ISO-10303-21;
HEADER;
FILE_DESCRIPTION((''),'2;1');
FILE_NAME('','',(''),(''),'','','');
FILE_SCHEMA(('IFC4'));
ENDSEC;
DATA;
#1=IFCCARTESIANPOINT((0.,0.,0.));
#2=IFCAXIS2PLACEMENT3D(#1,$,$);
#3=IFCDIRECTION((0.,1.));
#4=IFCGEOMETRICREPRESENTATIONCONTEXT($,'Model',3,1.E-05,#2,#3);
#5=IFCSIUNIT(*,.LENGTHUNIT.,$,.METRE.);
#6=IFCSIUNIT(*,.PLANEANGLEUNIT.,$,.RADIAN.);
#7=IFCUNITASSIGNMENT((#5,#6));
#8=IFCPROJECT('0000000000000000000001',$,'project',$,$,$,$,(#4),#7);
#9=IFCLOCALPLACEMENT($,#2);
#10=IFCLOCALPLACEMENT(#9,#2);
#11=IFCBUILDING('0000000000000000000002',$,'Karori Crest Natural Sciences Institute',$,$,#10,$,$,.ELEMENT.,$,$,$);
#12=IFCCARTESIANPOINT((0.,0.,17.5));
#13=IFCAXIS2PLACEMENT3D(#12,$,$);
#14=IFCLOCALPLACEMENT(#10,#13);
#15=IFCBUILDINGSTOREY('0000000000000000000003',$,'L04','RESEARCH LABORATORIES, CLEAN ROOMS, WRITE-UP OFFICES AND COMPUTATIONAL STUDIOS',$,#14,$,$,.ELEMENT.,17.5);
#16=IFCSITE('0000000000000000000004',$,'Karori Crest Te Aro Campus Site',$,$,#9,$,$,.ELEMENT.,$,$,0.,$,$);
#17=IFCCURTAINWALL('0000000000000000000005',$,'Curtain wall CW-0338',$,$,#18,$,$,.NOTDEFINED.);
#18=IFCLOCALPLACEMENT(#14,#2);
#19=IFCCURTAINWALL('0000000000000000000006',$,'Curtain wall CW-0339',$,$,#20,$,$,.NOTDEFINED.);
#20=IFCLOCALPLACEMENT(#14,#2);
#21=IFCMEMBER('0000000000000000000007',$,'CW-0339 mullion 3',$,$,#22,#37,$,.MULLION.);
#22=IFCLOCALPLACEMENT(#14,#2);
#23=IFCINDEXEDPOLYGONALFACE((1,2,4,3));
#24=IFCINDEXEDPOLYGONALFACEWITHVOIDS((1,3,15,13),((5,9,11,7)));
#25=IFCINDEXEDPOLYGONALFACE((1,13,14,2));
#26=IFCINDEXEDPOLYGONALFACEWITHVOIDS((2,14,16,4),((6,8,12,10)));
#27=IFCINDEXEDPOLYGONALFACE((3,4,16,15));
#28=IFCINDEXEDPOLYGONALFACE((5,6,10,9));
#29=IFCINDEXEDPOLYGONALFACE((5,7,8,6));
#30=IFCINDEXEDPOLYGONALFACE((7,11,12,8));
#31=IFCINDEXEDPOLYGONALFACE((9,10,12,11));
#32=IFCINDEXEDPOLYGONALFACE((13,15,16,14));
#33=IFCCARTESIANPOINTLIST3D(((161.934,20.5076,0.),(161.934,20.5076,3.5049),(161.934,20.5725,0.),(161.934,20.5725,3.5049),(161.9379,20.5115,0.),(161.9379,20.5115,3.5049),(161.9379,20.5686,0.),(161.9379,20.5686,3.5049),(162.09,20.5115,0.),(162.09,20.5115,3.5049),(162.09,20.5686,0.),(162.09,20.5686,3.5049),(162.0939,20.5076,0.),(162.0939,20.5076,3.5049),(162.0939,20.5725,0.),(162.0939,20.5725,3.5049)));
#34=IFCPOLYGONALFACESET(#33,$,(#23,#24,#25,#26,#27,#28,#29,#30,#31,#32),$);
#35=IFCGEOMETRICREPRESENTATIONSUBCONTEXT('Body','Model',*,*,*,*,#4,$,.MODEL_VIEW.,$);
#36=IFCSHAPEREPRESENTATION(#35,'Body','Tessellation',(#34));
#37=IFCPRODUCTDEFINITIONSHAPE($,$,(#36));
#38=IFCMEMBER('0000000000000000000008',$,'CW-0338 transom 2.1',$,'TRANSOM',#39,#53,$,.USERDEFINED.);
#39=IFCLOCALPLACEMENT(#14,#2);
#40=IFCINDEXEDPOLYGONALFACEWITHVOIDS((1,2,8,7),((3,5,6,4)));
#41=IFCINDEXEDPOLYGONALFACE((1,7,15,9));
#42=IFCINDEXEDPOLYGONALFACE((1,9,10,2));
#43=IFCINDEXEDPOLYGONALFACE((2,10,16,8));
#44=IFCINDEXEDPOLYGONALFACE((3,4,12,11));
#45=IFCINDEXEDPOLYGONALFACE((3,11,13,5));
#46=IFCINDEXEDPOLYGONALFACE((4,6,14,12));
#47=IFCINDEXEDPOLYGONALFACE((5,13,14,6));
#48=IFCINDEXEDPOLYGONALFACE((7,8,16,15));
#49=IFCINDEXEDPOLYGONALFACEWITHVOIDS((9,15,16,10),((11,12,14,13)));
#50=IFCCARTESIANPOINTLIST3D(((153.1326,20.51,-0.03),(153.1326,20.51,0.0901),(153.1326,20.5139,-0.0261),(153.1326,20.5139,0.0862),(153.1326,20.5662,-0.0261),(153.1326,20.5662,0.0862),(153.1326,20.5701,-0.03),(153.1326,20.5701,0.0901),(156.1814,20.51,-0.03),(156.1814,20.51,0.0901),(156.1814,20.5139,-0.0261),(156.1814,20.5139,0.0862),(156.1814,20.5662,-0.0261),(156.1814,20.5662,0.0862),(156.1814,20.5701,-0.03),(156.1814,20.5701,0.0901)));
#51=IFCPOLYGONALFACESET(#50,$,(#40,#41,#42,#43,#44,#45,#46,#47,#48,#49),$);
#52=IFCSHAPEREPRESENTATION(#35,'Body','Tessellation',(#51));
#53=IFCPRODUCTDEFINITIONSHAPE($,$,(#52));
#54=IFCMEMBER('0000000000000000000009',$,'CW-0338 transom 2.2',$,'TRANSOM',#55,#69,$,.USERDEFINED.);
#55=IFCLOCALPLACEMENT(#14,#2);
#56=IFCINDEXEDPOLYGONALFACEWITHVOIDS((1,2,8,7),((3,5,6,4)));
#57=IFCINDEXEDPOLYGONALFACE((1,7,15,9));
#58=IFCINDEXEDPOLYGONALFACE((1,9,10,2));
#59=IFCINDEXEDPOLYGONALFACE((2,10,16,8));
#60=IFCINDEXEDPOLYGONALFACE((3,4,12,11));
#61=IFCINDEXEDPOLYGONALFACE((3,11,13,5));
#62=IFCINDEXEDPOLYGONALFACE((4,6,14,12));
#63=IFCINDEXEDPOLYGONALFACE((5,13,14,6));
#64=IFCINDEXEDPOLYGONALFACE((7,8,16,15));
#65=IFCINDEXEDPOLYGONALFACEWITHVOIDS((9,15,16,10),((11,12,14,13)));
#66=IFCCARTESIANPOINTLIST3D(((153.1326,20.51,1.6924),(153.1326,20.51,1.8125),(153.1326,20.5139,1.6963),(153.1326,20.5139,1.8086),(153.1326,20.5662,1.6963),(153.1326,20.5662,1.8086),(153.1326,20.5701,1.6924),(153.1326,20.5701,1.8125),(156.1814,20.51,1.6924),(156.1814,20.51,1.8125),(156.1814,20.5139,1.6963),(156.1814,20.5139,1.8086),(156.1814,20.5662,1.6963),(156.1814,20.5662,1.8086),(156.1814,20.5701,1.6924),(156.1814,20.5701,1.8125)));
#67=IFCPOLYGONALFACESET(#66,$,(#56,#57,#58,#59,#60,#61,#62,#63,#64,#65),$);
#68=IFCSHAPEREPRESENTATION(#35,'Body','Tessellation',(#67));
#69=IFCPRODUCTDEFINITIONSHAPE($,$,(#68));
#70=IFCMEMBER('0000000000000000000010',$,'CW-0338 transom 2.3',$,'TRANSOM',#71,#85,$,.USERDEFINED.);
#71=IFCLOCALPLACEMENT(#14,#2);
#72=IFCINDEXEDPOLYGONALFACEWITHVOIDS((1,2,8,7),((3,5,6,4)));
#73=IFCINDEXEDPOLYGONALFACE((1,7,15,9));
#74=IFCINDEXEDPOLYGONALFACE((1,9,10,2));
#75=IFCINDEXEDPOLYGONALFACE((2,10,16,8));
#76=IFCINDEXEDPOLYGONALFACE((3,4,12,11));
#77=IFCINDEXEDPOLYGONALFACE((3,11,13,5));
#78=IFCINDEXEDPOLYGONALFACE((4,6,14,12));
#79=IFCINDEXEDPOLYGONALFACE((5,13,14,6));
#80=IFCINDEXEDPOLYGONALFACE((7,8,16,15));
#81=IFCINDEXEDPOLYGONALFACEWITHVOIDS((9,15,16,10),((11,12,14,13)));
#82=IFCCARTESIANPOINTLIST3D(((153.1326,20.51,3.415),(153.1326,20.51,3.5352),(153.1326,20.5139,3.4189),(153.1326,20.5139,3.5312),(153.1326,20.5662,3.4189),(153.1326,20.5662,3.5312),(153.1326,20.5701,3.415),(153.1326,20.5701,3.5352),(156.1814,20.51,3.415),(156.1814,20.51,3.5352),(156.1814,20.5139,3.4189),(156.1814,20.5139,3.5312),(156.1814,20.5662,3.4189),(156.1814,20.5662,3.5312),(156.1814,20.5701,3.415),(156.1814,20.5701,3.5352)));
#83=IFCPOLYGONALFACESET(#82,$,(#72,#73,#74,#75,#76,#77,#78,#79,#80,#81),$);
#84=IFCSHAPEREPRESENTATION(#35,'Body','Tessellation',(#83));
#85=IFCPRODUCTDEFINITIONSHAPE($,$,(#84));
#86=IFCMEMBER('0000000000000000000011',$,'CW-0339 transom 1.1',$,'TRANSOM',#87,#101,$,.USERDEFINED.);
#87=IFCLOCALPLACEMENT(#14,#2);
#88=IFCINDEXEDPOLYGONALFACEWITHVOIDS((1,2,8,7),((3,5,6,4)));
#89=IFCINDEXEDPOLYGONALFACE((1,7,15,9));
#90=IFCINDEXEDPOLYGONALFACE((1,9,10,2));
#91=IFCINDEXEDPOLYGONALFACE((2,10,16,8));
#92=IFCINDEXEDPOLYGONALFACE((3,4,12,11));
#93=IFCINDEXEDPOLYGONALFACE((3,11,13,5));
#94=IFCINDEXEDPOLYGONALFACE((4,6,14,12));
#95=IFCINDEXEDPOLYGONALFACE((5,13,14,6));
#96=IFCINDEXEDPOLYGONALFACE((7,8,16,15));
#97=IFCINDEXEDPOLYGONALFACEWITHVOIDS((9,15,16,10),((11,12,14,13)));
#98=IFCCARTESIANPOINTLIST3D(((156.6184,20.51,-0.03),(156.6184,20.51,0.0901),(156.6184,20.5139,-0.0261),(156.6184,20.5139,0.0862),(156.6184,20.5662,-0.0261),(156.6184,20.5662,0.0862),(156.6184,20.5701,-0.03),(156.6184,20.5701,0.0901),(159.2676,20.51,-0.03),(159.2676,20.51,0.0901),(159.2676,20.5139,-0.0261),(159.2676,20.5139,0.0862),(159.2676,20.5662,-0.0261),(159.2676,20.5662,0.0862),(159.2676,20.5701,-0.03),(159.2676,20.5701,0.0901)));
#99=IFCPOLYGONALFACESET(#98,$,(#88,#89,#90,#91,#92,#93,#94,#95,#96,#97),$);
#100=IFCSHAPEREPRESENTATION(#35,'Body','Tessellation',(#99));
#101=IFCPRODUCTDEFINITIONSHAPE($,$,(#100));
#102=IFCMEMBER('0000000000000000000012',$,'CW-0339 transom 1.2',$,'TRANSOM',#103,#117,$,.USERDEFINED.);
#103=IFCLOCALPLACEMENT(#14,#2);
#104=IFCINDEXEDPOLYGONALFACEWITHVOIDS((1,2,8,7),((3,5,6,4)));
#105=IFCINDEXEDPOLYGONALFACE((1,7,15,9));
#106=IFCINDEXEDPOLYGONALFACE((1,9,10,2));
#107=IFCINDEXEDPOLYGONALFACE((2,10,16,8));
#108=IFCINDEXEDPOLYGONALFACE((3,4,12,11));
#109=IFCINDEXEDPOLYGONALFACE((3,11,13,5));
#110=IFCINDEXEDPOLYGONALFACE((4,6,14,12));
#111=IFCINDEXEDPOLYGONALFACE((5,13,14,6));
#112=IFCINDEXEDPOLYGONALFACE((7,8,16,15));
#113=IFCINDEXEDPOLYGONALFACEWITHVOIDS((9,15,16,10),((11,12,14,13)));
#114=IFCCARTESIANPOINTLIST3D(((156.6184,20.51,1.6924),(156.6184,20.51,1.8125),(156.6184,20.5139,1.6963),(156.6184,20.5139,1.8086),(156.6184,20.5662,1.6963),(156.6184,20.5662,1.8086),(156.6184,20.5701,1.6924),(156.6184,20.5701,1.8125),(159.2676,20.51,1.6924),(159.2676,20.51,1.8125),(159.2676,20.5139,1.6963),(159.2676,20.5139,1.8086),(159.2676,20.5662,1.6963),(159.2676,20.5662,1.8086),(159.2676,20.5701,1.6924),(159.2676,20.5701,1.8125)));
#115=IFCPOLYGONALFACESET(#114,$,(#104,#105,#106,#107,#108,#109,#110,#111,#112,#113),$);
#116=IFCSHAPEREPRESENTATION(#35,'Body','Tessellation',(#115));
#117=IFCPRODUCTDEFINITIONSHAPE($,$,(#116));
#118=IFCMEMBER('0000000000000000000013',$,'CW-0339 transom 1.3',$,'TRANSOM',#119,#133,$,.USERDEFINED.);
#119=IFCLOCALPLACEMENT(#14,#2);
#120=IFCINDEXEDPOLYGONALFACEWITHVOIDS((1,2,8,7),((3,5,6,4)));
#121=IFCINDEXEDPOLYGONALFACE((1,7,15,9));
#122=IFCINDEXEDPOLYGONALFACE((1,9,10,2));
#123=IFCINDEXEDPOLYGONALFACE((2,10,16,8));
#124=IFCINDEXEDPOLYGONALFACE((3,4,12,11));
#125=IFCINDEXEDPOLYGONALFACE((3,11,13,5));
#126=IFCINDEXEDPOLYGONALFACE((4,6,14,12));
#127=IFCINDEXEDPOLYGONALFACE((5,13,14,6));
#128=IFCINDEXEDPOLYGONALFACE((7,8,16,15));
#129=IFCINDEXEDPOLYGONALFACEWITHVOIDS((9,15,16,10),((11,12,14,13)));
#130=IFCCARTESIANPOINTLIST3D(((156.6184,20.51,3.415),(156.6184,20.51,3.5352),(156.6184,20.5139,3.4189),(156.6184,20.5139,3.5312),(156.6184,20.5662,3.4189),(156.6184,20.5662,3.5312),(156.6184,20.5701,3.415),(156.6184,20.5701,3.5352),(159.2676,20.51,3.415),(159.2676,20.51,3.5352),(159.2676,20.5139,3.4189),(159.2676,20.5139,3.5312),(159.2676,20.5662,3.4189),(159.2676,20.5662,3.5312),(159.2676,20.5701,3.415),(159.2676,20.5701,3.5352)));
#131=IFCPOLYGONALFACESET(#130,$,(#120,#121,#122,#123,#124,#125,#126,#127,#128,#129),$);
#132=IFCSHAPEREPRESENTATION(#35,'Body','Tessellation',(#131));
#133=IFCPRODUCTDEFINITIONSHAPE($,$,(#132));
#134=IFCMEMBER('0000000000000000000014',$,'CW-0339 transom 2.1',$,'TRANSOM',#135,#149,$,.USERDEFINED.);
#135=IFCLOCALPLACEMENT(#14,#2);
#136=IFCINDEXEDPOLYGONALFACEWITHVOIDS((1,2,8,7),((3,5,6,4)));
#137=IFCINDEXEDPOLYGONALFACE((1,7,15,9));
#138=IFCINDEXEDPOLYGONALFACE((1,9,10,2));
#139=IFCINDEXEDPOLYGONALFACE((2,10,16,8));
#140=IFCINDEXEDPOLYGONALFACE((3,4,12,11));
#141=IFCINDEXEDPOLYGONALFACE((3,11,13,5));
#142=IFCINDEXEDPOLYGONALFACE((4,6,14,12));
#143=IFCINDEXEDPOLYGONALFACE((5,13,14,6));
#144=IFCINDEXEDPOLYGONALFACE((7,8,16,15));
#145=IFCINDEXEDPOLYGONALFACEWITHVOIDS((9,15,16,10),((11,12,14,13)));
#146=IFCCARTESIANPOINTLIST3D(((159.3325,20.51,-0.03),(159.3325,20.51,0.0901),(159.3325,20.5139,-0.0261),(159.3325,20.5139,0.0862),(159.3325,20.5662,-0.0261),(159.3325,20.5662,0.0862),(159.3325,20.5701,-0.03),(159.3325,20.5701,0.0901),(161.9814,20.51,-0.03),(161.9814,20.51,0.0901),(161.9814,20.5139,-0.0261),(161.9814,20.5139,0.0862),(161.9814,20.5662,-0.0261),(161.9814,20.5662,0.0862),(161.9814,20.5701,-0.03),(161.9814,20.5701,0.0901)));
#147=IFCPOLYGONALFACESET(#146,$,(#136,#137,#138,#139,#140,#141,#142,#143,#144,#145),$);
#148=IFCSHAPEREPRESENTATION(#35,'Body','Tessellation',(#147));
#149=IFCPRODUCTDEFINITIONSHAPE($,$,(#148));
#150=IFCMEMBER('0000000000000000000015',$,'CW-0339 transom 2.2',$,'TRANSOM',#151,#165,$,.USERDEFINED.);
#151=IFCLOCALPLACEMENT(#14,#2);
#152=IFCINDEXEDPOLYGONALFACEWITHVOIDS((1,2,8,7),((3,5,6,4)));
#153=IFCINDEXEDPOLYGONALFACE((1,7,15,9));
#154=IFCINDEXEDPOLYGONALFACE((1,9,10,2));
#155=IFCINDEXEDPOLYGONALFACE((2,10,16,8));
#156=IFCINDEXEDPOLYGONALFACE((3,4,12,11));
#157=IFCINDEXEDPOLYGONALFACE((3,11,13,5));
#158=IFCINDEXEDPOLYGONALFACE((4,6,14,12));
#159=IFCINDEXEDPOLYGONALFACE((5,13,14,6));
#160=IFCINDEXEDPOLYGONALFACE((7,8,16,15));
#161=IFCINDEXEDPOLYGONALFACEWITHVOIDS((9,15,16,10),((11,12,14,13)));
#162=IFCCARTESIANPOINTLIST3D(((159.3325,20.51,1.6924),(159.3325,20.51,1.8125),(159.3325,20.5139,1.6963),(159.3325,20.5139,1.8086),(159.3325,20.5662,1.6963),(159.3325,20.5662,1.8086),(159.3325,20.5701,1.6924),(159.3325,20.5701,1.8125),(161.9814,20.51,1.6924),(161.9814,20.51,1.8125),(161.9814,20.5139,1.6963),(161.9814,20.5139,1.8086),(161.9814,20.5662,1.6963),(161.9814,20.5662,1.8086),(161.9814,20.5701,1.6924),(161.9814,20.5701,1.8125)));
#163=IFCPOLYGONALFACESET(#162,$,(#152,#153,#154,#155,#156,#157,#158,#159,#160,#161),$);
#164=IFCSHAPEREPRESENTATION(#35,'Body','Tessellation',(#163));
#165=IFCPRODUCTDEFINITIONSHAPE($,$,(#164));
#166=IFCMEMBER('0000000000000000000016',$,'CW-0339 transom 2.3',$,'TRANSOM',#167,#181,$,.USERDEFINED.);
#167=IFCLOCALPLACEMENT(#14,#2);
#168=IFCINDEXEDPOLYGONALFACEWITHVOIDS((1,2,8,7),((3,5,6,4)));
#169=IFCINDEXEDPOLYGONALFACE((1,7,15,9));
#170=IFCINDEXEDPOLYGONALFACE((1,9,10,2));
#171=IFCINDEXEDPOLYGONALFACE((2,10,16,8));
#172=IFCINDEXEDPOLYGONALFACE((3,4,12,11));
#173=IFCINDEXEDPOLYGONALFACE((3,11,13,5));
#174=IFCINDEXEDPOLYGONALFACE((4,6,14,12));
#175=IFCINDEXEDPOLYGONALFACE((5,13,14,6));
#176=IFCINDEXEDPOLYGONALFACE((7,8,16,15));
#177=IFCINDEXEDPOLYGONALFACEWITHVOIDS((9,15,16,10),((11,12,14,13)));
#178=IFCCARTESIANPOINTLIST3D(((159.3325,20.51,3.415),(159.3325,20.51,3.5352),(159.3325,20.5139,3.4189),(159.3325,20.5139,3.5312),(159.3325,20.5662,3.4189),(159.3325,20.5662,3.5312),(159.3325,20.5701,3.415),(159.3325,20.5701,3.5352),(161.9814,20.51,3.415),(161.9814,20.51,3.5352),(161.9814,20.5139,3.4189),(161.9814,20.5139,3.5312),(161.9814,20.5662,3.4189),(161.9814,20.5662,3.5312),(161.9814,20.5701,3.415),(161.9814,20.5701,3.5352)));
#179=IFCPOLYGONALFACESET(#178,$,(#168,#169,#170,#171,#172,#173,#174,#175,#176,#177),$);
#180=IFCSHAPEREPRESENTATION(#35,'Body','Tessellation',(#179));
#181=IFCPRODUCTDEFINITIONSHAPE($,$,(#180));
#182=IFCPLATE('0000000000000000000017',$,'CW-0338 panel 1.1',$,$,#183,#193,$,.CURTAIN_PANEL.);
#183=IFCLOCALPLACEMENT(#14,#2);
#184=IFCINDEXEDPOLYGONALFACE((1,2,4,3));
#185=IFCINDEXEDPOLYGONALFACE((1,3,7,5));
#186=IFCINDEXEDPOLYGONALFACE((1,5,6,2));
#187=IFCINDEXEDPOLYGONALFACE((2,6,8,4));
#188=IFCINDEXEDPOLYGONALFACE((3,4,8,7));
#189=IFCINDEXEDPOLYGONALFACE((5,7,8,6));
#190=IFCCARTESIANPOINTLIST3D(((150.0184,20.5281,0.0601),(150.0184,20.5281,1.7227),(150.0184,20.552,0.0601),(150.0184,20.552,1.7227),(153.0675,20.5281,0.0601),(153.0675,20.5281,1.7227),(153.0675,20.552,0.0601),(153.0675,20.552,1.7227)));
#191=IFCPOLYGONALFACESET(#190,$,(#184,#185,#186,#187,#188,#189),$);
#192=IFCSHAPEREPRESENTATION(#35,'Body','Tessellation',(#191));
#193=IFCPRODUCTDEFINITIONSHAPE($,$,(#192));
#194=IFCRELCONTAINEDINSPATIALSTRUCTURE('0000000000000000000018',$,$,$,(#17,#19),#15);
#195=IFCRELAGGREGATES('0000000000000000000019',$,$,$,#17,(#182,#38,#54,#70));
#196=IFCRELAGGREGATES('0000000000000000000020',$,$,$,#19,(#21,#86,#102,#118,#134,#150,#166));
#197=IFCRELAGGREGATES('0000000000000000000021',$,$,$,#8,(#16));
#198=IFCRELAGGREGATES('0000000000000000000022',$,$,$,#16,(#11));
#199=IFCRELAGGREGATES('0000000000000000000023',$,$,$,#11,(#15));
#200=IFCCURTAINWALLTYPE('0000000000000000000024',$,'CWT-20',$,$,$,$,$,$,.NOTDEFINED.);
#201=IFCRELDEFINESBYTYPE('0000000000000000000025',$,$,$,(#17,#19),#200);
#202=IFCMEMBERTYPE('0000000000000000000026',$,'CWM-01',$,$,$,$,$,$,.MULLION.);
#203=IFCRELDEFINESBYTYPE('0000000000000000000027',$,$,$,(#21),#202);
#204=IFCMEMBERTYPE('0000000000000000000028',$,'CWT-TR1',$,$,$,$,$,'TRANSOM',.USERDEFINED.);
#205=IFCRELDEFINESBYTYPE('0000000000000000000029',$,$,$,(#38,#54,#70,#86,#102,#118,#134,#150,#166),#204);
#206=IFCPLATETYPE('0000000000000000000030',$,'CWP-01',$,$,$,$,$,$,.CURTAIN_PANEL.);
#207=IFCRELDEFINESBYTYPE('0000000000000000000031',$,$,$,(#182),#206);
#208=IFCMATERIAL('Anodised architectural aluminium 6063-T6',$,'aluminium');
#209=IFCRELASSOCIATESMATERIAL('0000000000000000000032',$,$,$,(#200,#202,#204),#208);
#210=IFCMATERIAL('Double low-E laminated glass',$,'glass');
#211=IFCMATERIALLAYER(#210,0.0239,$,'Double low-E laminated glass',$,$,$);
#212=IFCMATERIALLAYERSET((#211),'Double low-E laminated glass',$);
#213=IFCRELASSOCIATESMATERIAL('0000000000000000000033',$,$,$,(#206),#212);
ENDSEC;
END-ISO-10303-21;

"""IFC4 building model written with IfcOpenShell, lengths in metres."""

from ifc_helpers import new_model, si_unit, direction, frame, origin, origin_2d, place, context, subcontext, project, spatial, rectangle, hollow_rectangle, extrude, material, layer, layer_set, material_profile, profile_set, type_object, element, aggregate, save


model = new_model("IFC4")

# Units and contexts
model_context = context("Model", 3, precision=1e-05, world=origin(), true_north=direction((0.0, 1.0)))
body_context = subcontext(model_context, "Body", "Model", "MODEL_VIEW")
ifc_project = project(units=[si_unit("LENGTHUNIT", "METRE"), si_unit("PLANEANGLEUNIT", "RADIAN")], contexts=[model_context])

# Site, building, storey
site_placement = place(None, origin())
site = spatial("IfcSite", under=ifc_project, at=site_placement, Name="Karori Crest Te Aro Campus Site", CompositionType="ELEMENT", RefElevation=0.0)
building_placement = place(site_placement, origin())
building = spatial("IfcBuilding", under=site, at=building_placement, Name="Karori Crest Natural Sciences Institute", CompositionType="ELEMENT")
storey_placement = place(building_placement, frame((0.0, 0.0, 17.5)))
storey = spatial("IfcBuildingStorey", under=building, at=storey_placement, Name="L04", Description="RESEARCH LABORATORIES, CLEAN ROOMS, WRITE-UP OFFICES AND COMPUTATIONAL STUDIOS", CompositionType="ELEMENT", Elevation=17.5)

# Curtain walls, member
ifc_material_1 = material(Name="Anodised architectural aluminium 6063-T6", Category="aluminium")
curtain_wall_type = type_object("IfcCurtainWallType", Name="CWT-20", PredefinedType="NOTDEFINED", material=ifc_material_1)
curtain_wall_1_placement = place(storey_placement, origin())
curtain_wall_1 = element("IfcCurtainWall", 1, at=curtain_wall_1_placement, inside=storey, type_object=curtain_wall_type, Name="Curtain wall CW-0338", PredefinedType="NOTDEFINED")
ifc_material_profile_1 = material_profile(ifc_material_1, hollow_rectangle(XDim=0.0649, YDim=0.1599, WallThickness=0.0039, at=origin_2d()), Name="CWM160x65x4")
ifc_profile_set_1 = profile_set([ifc_material_profile_1], Name="Anodised architectural aluminium 6063-T6")
member_type_1 = type_object("IfcMemberType", Name="CWM-01", PredefinedType="MULLION", material=ifc_profile_set_1)
curtain_wall_2_placement = place(storey_placement, origin())
curtain_wall_2 = element("IfcCurtainWall", 2, at=curtain_wall_2_placement, inside=storey, type_object=curtain_wall_type, Name="Curtain wall CW-0339", PredefinedType="NOTDEFINED")
member_1_placement = place(storey_placement, frame((162.0139, 20.54, 0.0), z_axis=(0.0, 0.0, 1.0), x_axis=(0.0, 1.0, 0.0)))
member_1 = element("IfcMember", 3, at=member_1_placement, type_object=member_type_1, Name="CW-0339 mullion 3", PredefinedType="MULLION", context=body_context, shape_type="SweptSolid", body=[
    extrude(hollow_rectangle(XDim=0.0649, YDim=0.1599, WallThickness=0.0039, at=origin_2d()), origin(), (0.0, 0.0, 1.0), 3.5049),
])

# Members
ifc_material_profile_2 = material_profile(ifc_material_1, hollow_rectangle(XDim=0.0601, YDim=0.1201, WallThickness=0.0039, at=origin_2d()), Name="CWT120x60x4")
ifc_profile_set_2 = profile_set([ifc_material_profile_2], Name="Anodised architectural aluminium 6063-T6")
member_type_2 = type_object("IfcMemberType", Name="CWT-TR1", ElementType="TRANSOM", PredefinedType="USERDEFINED", material=ifc_profile_set_2)
member_2_placement = place(storey_placement, frame((153.1326, 20.54, 0.03), z_axis=(1.0, 0.0, 0.0), x_axis=(0.0, 1.0, 0.0)))
member_2 = element("IfcMember", 4, at=member_2_placement, type_object=member_type_2, Name="CW-0338 transom 2.1", ObjectType="TRANSOM", PredefinedType="USERDEFINED", context=body_context, shape_type="SweptSolid", body=[
    extrude(hollow_rectangle(XDim=0.0601, YDim=0.1201, WallThickness=0.0039, at=origin_2d()), origin(), (0.0, 0.0, 1.0), 3.0488),
])
member_3_placement = place(storey_placement, frame((153.1326, 20.54, 1.7524), z_axis=(1.0, 0.0, 0.0), x_axis=(0.0, 1.0, 0.0)))
member_3 = element("IfcMember", 5, at=member_3_placement, type_object=member_type_2, Name="CW-0338 transom 2.2", ObjectType="TRANSOM", PredefinedType="USERDEFINED", context=body_context, shape_type="SweptSolid", body=[
    extrude(hollow_rectangle(XDim=0.0601, YDim=0.1201, WallThickness=0.0039, at=origin_2d()), origin(), (0.0, 0.0, 1.0), 3.0488),
])
member_4_placement = place(storey_placement, frame((153.1326, 20.54, 3.4751), z_axis=(1.0, 0.0, 0.0), x_axis=(0.0, 1.0, 0.0)))
member_4 = element("IfcMember", 6, at=member_4_placement, type_object=member_type_2, Name="CW-0338 transom 2.3", ObjectType="TRANSOM", PredefinedType="USERDEFINED", context=body_context, shape_type="SweptSolid", body=[
    extrude(hollow_rectangle(XDim=0.0601, YDim=0.1201, WallThickness=0.0039, at=origin_2d()), origin(), (0.0, 0.0, 1.0), 3.0488),
])
member_5_placement = place(storey_placement, frame((156.6184, 20.54, 0.03), z_axis=(1.0, 0.0, 0.0), x_axis=(0.0, 1.0, 0.0)))
member_5 = element("IfcMember", 7, at=member_5_placement, type_object=member_type_2, Name="CW-0339 transom 1.1", ObjectType="TRANSOM", PredefinedType="USERDEFINED", context=body_context, shape_type="SweptSolid", body=[
    extrude(hollow_rectangle(XDim=0.0601, YDim=0.1201, WallThickness=0.0039, at=origin_2d()), origin(), (0.0, 0.0, 1.0), 2.6492),
])
member_6_placement = place(storey_placement, frame((156.6184, 20.54, 1.7524), z_axis=(1.0, 0.0, 0.0), x_axis=(0.0, 1.0, 0.0)))
member_6 = element("IfcMember", 8, at=member_6_placement, type_object=member_type_2, Name="CW-0339 transom 1.2", ObjectType="TRANSOM", PredefinedType="USERDEFINED", context=body_context, shape_type="SweptSolid", body=[
    extrude(hollow_rectangle(XDim=0.0601, YDim=0.1201, WallThickness=0.0039, at=origin_2d()), origin(), (0.0, 0.0, 1.0), 2.6492),
])
member_7_placement = place(storey_placement, frame((156.6184, 20.54, 3.4751), z_axis=(1.0, 0.0, 0.0), x_axis=(0.0, 1.0, 0.0)))
member_7 = element("IfcMember", 9, at=member_7_placement, type_object=member_type_2, Name="CW-0339 transom 1.3", ObjectType="TRANSOM", PredefinedType="USERDEFINED", context=body_context, shape_type="SweptSolid", body=[
    extrude(hollow_rectangle(XDim=0.0601, YDim=0.1201, WallThickness=0.0039, at=origin_2d()), origin(), (0.0, 0.0, 1.0), 2.6492),
])
member_8_placement = place(storey_placement, frame((159.3325, 20.54, 0.03), z_axis=(1.0, 0.0, 0.0), x_axis=(0.0, 1.0, 0.0)))
member_8 = element("IfcMember", 10, at=member_8_placement, type_object=member_type_2, Name="CW-0339 transom 2.1", ObjectType="TRANSOM", PredefinedType="USERDEFINED", context=body_context, shape_type="SweptSolid", body=[
    extrude(hollow_rectangle(XDim=0.0601, YDim=0.1201, WallThickness=0.0039, at=origin_2d()), origin(), (0.0, 0.0, 1.0), 2.6489),
])
member_9_placement = place(storey_placement, frame((159.3325, 20.54, 1.7524), z_axis=(1.0, 0.0, 0.0), x_axis=(0.0, 1.0, 0.0)))
member_9 = element("IfcMember", 11, at=member_9_placement, type_object=member_type_2, Name="CW-0339 transom 2.2", ObjectType="TRANSOM", PredefinedType="USERDEFINED", context=body_context, shape_type="SweptSolid", body=[
    extrude(hollow_rectangle(XDim=0.0601, YDim=0.1201, WallThickness=0.0039, at=origin_2d()), origin(), (0.0, 0.0, 1.0), 2.6489),
])
member_10_placement = place(storey_placement, frame((159.3325, 20.54, 3.4751), z_axis=(1.0, 0.0, 0.0), x_axis=(0.0, 1.0, 0.0)))
member_10 = element("IfcMember", 12, at=member_10_placement, type_object=member_type_2, Name="CW-0339 transom 2.3", ObjectType="TRANSOM", PredefinedType="USERDEFINED", context=body_context, shape_type="SweptSolid", body=[
    extrude(hollow_rectangle(XDim=0.0601, YDim=0.1201, WallThickness=0.0039, at=origin_2d()), origin(), (0.0, 0.0, 1.0), 2.6489),
])

# Plate
ifc_material_2 = material(Name="Double low-E laminated glass", Category="glass")
ifc_layer_1 = layer(ifc_material_2, 0.0239, Name="Double low-E laminated glass")
ifc_layer_set_1 = layer_set([ifc_layer_1], Name="Double low-E laminated glass")
plate_type = type_object("IfcPlateType", Name="CWP-01", PredefinedType="CURTAIN_PANEL", material=ifc_layer_set_1)
plate_1_placement = place(storey_placement, frame((151.543, 20.54, 0.0601), z_axis=(0.0, 0.0, 1.0), x_axis=(1.0, 0.0, 0.0)))
plate_1 = element("IfcPlate", 13, at=plate_1_placement, type_object=plate_type, Name="CW-0338 panel 1.1", PredefinedType="CURTAIN_PANEL", context=body_context, shape_type="SweptSolid", body=[
    extrude(rectangle(XDim=3.0491, YDim=0.0239, at=origin_2d()), origin(), (0.0, 0.0, 1.0), 1.6626),
])
aggregate(curtain_wall_1, [plate_1, member_2, member_3, member_4])
aggregate(curtain_wall_2, [member_1, member_5, member_6, member_7, member_8, member_9, member_10])

save(model, "model.ifc")
